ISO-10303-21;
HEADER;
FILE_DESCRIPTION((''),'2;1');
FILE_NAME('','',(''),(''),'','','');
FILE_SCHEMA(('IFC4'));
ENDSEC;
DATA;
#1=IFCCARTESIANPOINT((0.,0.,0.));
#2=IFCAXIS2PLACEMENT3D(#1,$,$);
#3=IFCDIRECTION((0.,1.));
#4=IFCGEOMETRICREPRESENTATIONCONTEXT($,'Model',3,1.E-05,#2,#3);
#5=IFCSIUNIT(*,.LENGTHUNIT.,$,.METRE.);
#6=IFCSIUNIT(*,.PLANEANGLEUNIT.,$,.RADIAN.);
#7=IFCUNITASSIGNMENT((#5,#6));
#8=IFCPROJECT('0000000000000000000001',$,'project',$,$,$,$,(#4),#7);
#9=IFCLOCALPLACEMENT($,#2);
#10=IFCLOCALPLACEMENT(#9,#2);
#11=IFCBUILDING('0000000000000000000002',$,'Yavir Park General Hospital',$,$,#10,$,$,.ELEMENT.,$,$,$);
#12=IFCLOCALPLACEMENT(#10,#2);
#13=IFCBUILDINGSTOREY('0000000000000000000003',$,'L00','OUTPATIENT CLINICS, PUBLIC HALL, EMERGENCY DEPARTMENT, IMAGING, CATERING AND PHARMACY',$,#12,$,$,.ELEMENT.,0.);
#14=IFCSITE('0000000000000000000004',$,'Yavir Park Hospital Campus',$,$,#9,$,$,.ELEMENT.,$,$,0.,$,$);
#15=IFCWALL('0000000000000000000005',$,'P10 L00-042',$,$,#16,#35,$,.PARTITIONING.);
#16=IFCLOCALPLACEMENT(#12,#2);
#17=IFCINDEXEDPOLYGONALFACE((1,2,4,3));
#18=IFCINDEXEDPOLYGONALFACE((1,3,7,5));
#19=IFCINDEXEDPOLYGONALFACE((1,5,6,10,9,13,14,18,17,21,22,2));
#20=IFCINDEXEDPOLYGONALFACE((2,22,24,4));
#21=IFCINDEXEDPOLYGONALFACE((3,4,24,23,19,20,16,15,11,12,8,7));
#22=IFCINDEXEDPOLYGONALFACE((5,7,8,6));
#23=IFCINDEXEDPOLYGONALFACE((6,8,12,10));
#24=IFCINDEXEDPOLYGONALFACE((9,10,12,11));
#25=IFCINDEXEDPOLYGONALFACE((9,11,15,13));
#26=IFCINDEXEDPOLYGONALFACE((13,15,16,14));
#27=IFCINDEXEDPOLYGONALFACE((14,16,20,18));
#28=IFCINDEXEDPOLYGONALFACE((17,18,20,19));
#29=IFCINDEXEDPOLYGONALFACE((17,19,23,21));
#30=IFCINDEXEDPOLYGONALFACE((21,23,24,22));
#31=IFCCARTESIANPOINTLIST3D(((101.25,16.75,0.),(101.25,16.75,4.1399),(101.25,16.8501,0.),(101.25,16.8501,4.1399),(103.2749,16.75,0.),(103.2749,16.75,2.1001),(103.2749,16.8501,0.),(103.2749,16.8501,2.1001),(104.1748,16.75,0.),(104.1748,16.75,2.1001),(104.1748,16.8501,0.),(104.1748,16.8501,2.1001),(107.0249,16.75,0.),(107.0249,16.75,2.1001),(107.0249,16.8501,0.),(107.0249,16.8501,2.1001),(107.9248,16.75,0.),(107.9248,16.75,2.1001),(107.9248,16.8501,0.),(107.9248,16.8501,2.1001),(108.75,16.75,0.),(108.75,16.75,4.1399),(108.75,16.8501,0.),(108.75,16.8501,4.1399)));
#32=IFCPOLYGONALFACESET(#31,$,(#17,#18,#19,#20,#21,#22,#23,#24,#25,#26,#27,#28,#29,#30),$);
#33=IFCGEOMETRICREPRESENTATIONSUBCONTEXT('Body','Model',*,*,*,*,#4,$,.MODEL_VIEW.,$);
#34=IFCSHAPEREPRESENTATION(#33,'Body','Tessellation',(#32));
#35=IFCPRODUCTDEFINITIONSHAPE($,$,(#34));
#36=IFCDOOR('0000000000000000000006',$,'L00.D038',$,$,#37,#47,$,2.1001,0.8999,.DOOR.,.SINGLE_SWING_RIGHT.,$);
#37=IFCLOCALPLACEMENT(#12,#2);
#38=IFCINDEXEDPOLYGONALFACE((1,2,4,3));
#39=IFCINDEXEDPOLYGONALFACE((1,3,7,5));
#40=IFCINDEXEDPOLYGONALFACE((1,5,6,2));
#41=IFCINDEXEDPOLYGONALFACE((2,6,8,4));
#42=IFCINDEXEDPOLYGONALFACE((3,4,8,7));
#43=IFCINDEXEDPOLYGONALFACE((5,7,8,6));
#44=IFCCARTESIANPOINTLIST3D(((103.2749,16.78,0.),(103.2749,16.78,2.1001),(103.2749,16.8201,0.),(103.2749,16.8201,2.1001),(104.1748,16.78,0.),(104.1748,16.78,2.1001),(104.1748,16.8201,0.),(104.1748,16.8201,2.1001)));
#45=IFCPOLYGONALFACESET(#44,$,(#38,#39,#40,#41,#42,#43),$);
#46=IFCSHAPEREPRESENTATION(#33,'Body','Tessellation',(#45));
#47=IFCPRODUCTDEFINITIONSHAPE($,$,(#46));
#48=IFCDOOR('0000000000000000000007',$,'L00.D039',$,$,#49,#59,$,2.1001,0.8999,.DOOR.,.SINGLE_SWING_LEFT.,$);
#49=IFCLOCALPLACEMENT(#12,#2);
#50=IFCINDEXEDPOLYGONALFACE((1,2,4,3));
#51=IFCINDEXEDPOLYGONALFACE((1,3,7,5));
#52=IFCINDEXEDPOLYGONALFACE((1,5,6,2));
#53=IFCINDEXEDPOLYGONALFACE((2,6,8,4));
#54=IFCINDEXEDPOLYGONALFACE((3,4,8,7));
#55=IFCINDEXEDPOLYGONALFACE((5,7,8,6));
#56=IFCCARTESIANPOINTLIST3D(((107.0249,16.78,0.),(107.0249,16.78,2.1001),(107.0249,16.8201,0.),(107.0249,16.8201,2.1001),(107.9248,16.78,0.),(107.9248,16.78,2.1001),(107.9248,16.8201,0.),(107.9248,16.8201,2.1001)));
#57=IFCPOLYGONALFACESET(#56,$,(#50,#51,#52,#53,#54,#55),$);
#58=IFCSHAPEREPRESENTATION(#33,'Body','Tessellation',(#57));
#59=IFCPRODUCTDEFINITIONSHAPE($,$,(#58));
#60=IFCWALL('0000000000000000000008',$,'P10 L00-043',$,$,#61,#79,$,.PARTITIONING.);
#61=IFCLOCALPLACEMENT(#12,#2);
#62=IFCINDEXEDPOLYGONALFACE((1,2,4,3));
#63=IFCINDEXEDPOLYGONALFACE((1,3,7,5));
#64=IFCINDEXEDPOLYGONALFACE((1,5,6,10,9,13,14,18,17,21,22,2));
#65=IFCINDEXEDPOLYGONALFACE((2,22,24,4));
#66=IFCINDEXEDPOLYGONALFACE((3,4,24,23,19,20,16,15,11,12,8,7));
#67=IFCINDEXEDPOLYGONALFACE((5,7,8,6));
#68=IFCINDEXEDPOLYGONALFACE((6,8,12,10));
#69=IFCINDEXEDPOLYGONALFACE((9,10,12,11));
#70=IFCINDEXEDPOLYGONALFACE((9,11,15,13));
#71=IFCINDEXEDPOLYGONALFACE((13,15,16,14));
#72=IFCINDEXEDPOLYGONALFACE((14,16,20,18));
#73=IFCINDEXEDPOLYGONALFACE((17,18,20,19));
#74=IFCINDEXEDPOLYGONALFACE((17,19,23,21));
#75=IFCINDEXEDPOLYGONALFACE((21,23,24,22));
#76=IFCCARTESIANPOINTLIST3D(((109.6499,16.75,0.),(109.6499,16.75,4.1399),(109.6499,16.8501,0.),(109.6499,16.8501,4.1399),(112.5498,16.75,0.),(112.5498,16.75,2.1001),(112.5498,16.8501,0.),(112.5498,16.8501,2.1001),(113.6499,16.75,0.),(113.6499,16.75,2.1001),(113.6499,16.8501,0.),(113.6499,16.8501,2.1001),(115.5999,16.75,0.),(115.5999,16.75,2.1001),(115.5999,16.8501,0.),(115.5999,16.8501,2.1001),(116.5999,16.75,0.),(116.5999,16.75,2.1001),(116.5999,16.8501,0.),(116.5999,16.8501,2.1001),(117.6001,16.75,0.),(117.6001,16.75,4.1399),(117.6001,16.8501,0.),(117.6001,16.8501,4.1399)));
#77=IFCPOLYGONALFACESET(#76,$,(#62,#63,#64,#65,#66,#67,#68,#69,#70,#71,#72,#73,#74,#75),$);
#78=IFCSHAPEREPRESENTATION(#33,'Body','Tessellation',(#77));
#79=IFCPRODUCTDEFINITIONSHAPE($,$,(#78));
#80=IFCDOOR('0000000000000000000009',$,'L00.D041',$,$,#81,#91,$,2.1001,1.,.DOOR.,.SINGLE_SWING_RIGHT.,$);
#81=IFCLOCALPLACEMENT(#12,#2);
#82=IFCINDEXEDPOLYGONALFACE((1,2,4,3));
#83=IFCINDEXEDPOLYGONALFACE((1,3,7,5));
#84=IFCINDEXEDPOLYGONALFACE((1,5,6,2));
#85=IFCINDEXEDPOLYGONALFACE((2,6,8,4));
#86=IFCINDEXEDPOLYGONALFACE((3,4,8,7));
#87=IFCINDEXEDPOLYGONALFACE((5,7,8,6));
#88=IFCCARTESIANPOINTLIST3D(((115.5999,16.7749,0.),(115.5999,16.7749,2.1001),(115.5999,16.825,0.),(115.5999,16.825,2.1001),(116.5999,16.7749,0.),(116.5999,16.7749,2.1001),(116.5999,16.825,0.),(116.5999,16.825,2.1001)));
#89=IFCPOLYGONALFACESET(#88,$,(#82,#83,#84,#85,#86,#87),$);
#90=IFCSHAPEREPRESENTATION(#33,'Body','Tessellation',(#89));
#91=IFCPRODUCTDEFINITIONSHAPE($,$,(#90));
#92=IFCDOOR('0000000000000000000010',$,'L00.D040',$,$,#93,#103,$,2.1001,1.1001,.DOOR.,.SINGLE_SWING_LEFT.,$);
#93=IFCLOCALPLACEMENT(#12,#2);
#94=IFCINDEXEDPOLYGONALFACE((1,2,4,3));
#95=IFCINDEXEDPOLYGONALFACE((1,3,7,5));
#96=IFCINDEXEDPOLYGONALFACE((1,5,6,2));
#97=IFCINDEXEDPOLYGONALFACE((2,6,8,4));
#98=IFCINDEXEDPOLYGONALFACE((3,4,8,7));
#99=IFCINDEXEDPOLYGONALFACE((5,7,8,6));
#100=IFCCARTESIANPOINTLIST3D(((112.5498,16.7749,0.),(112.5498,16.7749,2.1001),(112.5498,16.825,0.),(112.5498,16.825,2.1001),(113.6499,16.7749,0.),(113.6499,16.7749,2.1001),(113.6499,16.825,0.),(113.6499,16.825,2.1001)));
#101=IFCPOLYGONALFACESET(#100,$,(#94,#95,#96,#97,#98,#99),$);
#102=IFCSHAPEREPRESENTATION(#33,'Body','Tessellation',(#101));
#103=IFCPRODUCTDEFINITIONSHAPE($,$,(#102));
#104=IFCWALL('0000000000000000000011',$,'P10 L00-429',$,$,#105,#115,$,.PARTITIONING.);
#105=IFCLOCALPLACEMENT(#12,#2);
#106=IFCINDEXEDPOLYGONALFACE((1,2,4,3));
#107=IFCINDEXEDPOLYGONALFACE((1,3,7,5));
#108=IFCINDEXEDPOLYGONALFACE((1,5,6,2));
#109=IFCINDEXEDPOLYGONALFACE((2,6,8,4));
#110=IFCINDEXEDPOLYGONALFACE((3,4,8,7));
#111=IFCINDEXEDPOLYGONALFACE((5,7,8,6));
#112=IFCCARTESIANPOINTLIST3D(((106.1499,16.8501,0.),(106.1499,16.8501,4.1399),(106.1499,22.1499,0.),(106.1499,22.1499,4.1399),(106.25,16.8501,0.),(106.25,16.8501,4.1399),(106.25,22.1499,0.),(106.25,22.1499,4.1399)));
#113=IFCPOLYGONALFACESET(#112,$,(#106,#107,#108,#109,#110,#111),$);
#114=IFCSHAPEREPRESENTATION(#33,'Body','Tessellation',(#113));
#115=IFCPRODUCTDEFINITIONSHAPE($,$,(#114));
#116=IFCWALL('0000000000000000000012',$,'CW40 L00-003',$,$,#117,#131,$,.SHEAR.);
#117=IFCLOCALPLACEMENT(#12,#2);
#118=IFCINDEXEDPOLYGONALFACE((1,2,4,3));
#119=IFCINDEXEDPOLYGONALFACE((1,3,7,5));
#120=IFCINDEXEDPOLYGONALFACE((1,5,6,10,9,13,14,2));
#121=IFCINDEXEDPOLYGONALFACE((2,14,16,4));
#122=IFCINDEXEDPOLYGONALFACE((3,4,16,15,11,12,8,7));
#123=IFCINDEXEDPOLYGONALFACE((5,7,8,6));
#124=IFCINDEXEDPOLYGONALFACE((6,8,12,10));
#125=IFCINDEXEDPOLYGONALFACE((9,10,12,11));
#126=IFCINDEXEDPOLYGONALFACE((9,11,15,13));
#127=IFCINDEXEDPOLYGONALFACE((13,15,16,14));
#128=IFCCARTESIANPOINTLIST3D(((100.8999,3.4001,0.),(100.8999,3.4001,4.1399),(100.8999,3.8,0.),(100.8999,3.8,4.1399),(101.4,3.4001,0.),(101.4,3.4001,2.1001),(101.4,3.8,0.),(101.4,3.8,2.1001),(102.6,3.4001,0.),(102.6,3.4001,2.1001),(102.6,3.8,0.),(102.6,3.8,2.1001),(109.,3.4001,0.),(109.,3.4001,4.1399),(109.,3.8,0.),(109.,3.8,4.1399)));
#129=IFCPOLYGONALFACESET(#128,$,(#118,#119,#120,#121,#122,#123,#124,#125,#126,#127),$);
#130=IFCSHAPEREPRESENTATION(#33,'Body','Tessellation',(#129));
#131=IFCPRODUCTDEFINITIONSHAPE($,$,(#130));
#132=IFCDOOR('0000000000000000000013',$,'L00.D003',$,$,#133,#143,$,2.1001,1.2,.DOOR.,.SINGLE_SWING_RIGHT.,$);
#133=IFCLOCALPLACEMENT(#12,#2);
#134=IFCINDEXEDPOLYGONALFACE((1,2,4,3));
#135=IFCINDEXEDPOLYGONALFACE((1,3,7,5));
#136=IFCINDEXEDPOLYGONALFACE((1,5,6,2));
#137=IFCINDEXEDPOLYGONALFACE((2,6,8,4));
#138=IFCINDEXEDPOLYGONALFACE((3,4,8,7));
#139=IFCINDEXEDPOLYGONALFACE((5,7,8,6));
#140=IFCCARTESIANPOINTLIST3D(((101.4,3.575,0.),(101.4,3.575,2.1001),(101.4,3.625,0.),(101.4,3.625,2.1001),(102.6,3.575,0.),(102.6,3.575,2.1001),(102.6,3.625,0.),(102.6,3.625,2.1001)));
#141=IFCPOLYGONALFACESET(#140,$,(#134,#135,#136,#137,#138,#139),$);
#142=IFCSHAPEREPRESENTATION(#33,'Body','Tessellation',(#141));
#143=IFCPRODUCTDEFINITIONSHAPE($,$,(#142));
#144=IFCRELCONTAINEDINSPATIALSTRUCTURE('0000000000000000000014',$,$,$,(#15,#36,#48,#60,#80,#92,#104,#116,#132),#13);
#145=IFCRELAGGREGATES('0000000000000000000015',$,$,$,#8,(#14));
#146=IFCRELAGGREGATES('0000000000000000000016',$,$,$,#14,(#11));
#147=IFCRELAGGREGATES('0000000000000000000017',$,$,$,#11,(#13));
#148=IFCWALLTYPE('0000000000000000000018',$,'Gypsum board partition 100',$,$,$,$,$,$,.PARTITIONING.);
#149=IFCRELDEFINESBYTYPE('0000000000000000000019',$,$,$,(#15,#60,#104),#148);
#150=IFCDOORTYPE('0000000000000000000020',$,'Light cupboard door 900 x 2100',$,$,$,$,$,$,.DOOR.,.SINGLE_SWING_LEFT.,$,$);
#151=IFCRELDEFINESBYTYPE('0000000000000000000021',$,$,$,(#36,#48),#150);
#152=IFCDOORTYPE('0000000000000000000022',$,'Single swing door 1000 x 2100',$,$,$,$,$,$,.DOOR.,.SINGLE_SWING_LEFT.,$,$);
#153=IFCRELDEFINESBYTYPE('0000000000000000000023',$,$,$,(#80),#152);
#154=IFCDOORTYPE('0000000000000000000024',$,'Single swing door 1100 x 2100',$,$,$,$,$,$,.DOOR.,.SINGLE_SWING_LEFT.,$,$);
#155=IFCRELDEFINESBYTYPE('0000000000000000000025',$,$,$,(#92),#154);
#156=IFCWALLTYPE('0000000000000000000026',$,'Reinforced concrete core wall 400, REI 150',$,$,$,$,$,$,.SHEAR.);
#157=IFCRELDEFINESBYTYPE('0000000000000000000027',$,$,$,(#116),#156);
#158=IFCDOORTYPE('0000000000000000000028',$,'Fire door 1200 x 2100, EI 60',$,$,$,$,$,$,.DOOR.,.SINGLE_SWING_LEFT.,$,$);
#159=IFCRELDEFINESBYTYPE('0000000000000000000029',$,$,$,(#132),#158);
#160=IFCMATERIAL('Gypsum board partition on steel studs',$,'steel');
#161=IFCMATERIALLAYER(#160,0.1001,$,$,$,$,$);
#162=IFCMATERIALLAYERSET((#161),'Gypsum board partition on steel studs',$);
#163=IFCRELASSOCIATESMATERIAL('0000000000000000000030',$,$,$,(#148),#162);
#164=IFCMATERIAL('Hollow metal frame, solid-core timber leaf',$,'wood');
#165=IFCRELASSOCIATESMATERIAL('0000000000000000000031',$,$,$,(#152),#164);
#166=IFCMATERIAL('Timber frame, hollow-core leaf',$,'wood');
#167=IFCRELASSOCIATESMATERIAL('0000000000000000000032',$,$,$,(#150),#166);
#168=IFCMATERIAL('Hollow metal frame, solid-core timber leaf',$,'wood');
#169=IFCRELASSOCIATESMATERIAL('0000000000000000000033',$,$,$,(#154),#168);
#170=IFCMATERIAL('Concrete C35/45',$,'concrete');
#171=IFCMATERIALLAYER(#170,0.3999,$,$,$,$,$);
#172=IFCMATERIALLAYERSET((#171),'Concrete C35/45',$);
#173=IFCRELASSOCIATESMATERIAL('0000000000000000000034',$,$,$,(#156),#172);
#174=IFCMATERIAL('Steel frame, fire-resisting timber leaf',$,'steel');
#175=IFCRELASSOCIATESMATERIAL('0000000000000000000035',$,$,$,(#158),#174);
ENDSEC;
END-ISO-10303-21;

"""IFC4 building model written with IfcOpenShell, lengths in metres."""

from ifc_helpers import new_model, si_unit, direction, frame, frame_2d, origin, place, context, subcontext, project, spatial, rectangle, extrude, material, layer, layer_set, type_object, element, fill, save


model = new_model("IFC4")

# Units and contexts
model_context = context("Model", 3, precision=1e-05, world=origin(), true_north=direction((0.0, 1.0)))
body_context = subcontext(model_context, "Body", "Model", "MODEL_VIEW")
ifc_project = project(units=[si_unit("LENGTHUNIT", "METRE"), si_unit("PLANEANGLEUNIT", "RADIAN")], contexts=[model_context])

# Site, building, storey
site_placement = place(None, origin())
site = spatial("IfcSite", under=ifc_project, at=site_placement, Name="Yavir Park Hospital Campus", CompositionType="ELEMENT", RefElevation=0.0)
building_placement = place(site_placement, origin())
building = spatial("IfcBuilding", under=site, at=building_placement, Name="Yavir Park General Hospital", CompositionType="ELEMENT")
storey_placement = place(building_placement, origin())
storey = spatial("IfcBuildingStorey", under=building, at=storey_placement, Name="L00", Description="OUTPATIENT CLINICS, PUBLIC HALL, EMERGENCY DEPARTMENT, IMAGING, CATERING AND PHARMACY", CompositionType="ELEMENT", Elevation=0.0)

# Shared definitions
ifc_material_1 = material(Name="Gypsum board partition on steel studs", Category="steel")
ifc_layer_1 = layer(ifc_material_1, 0.1001)
ifc_layer_set_1 = layer_set([ifc_layer_1], Name="Gypsum board partition on steel studs")
wall_type_1 = type_object("IfcWallType", Name="Gypsum board partition 100", PredefinedType="PARTITIONING", material=ifc_layer_set_1)
ifc_material_2 = material(Name="Hollow metal frame, solid-core timber leaf", Category="wood")
door_type_1 = type_object("IfcDoorType", Name="Single swing door 1000 x 2100", OperationType="SINGLE_SWING_LEFT", PredefinedType="DOOR", material=ifc_material_2)

# Walls, openings, doors
wall_1_placement = place(storey_placement, frame((101.25, 16.8, 0.0), z_axis=(0.0, 0.0, 1.0), x_axis=(1.0, 0.0, 0.0)))
wall_1 = element("IfcWall", 1, at=wall_1_placement, inside=storey, type_object=wall_type_1, Name="P10 L00-042", PredefinedType="PARTITIONING", context=body_context, shape_type="SweptSolid", body=[
    extrude(rectangle(XDim=7.5, YDim=0.1001, at=frame_2d((3.75, 0.0))), origin(), (0.0, 0.0, 1.0), 4.1399),
])
opening_1_placement = place(wall_1_placement, frame((2.0249, 0.0, 0.0)))
opening_1 = element("IfcOpeningElement", 2, at=opening_1_placement, cuts=wall_1, PredefinedType="OPENING", context=body_context, shape_type="SweptSolid", body=[
    extrude(rectangle(XDim=0.8999, YDim=2.1001, at=frame_2d((0.45, 1.05))), frame((0.0, 0.0601, 0.0), z_axis=(0.0, -1.0, 0.0), x_axis=(1.0, 0.0, 0.0)), (0.0, 0.0, 1.0), 0.1201),
])
opening_2_placement = place(wall_1_placement, frame((5.7749, 0.0, 0.0)))
opening_2 = element("IfcOpeningElement", 3, at=opening_2_placement, cuts=wall_1, PredefinedType="OPENING", context=body_context, shape_type="SweptSolid", body=[
    extrude(rectangle(XDim=0.8999, YDim=2.1001, at=frame_2d((0.45, 1.05))), frame((0.0, 0.0601, 0.0), z_axis=(0.0, -1.0, 0.0), x_axis=(1.0, 0.0, 0.0)), (0.0, 0.0, 1.0), 0.1201),
])
ifc_material_3 = material(Name="Timber frame, hollow-core leaf", Category="wood")
door_type_2 = type_object("IfcDoorType", Name="Light cupboard door 900 x 2100", OperationType="SINGLE_SWING_LEFT", PredefinedType="DOOR", material=ifc_material_3)
door_1_placement = place(opening_1_placement, origin())
door_1 = element("IfcDoor", 4, at=door_1_placement, inside=storey, type_object=door_type_2, Name="L00.D038", OperationType="SINGLE_SWING_RIGHT", OverallHeight=2.1001, OverallWidth=0.8999, PredefinedType="DOOR", context=body_context, shape_type="SweptSolid", body=[
    extrude(rectangle(XDim=0.8999, YDim=2.1001, at=frame_2d((0.45, 1.05))), frame((0.0, 0.02, 0.0), z_axis=(0.0, -1.0, 0.0), x_axis=(1.0, 0.0, 0.0)), (0.0, 0.0, 1.0), 0.04),
])
fill(opening_1, door_1)
door_2_placement = place(opening_2_placement, origin())
door_2 = element("IfcDoor", 5, at=door_2_placement, inside=storey, type_object=door_type_2, Name="L00.D039", OperationType="SINGLE_SWING_LEFT", OverallHeight=2.1001, OverallWidth=0.8999, PredefinedType="DOOR", context=body_context, shape_type="SweptSolid", body=[
    extrude(rectangle(XDim=0.8999, YDim=2.1001, at=frame_2d((0.45, 1.05))), frame((0.0, 0.02, 0.0), z_axis=(0.0, -1.0, 0.0), x_axis=(1.0, 0.0, 0.0)), (0.0, 0.0, 1.0), 0.04),
])
fill(opening_2, door_2)
wall_2_placement = place(storey_placement, frame((109.6499, 16.8, 0.0), z_axis=(0.0, 0.0, 1.0), x_axis=(1.0, 0.0, 0.0)))
wall_2 = element("IfcWall", 6, at=wall_2_placement, inside=storey, type_object=wall_type_1, Name="P10 L00-043", PredefinedType="PARTITIONING", context=body_context, shape_type="SweptSolid", body=[
    extrude(rectangle(XDim=7.9502, YDim=0.1001, at=frame_2d((3.9751, 0.0))), origin(), (0.0, 0.0, 1.0), 4.1399),
])
opening_3_placement = place(wall_2_placement, frame((2.8999, 0.0, 0.0)))
opening_3 = element("IfcOpeningElement", 7, at=opening_3_placement, cuts=wall_2, PredefinedType="OPENING", context=body_context, shape_type="SweptSolid", body=[
    extrude(rectangle(XDim=1.1001, YDim=2.1001, at=frame_2d((0.55, 1.05))), frame((0.0, 0.0601, 0.0), z_axis=(0.0, -1.0, 0.0), x_axis=(1.0, 0.0, 0.0)), (0.0, 0.0, 1.0), 0.1201),
])
opening_4_placement = place(wall_2_placement, frame((5.95, 0.0, 0.0)))
opening_4 = element("IfcOpeningElement", 8, at=opening_4_placement, cuts=wall_2, PredefinedType="OPENING", context=body_context, shape_type="SweptSolid", body=[
    extrude(rectangle(XDim=1.0, YDim=2.1001, at=frame_2d((0.5, 1.05))), frame((0.0, 0.0601, 0.0), z_axis=(0.0, -1.0, 0.0), x_axis=(1.0, 0.0, 0.0)), (0.0, 0.0, 1.0), 0.1201),
])
door_3_placement = place(opening_4_placement, origin())
door_3 = element("IfcDoor", 9, at=door_3_placement, inside=storey, type_object=door_type_1, Name="L00.D041", OperationType="SINGLE_SWING_RIGHT", OverallHeight=2.1001, OverallWidth=1.0, PredefinedType="DOOR", context=body_context, shape_type="SweptSolid", body=[
    extrude(rectangle(XDim=1.0, YDim=2.1001, at=frame_2d((0.5, 1.05))), frame((0.0, 0.0249, 0.0), z_axis=(0.0, -1.0, 0.0), x_axis=(1.0, 0.0, 0.0)), (0.0, 0.0, 1.0), 0.05),
])
fill(opening_4, door_3)
ifc_material_4 = material(Name="Hollow metal frame, solid-core timber leaf", Category="wood")
door_type_3 = type_object("IfcDoorType", Name="Single swing door 1100 x 2100", OperationType="SINGLE_SWING_LEFT", PredefinedType="DOOR", material=ifc_material_4)
door_4_placement = place(opening_3_placement, origin())
door_4 = element("IfcDoor", 10, at=door_4_placement, inside=storey, type_object=door_type_3, Name="L00.D040", OperationType="SINGLE_SWING_LEFT", OverallHeight=2.1001, OverallWidth=1.1001, PredefinedType="DOOR", context=body_context, shape_type="SweptSolid", body=[
    extrude(rectangle(XDim=1.1001, YDim=2.1001, at=frame_2d((0.55, 1.05))), frame((0.0, 0.0249, 0.0), z_axis=(0.0, -1.0, 0.0), x_axis=(1.0, 0.0, 0.0)), (0.0, 0.0, 1.0), 0.05),
])
fill(opening_3, door_4)

# Wall
wall_3_placement = place(storey_placement, frame((106.2, 16.8501, 0.0), z_axis=(0.0, 0.0, 1.0), x_axis=(0.0, 1.0, 0.0)))
element("IfcWall", 11, at=wall_3_placement, inside=storey, type_object=wall_type_1, Name="P10 L00-429", PredefinedType="PARTITIONING", context=body_context, shape_type="SweptSolid", body=[
    extrude(rectangle(XDim=5.2998, YDim=0.1001, at=frame_2d((2.6499, 0.0))), origin(), (0.0, 0.0, 1.0), 4.1399),
])

# Wall, opening, door
ifc_material_5 = material(Name="Concrete C35/45", Category="concrete")
ifc_layer_2 = layer(ifc_material_5, 0.3999)
ifc_layer_set_2 = layer_set([ifc_layer_2], Name="Concrete C35/45")
wall_type_2 = type_object("IfcWallType", Name="Reinforced concrete core wall 400, REI 150", PredefinedType="SHEAR", material=ifc_layer_set_2)
wall_4_placement = place(storey_placement, frame((100.8999, 3.6001, 0.0), z_axis=(0.0, 0.0, 1.0), x_axis=(1.0, 0.0, 0.0)))
wall_4 = element("IfcWall", 12, at=wall_4_placement, inside=storey, type_object=wall_type_2, Name="CW40 L00-003", PredefinedType="SHEAR", context=body_context, shape_type="SweptSolid", body=[
    extrude(rectangle(XDim=8.1001, YDim=0.3999, at=frame_2d((4.05, 0.0))), origin(), (0.0, 0.0, 1.0), 4.1399),
])
opening_5_placement = place(wall_4_placement, frame((0.5, 0.0, 0.0)))
opening_5 = element("IfcOpeningElement", 13, at=opening_5_placement, cuts=wall_4, PredefinedType="OPENING", context=body_context, shape_type="SweptSolid", body=[
    extrude(rectangle(XDim=1.2, YDim=2.1001, at=frame_2d((0.6001, 1.05))), frame((0.0, 0.21, 0.0), z_axis=(0.0, -1.0, 0.0), x_axis=(1.0, 0.0, 0.0)), (0.0, 0.0, 1.0), 0.4199),
])
ifc_material_6 = material(Name="Steel frame, fire-resisting timber leaf", Category="steel")
door_type_4 = type_object("IfcDoorType", Name="Fire door 1200 x 2100, EI 60", OperationType="SINGLE_SWING_LEFT", PredefinedType="DOOR", material=ifc_material_6)
door_5_placement = place(opening_5_placement, origin())
door_5 = element("IfcDoor", 14, at=door_5_placement, inside=storey, type_object=door_type_4, Name="L00.D003", OperationType="SINGLE_SWING_RIGHT", OverallHeight=2.1001, OverallWidth=1.2, PredefinedType="DOOR", context=body_context, shape_type="SweptSolid", body=[
    extrude(rectangle(XDim=1.2, YDim=2.1001, at=frame_2d((0.6001, 1.05))), frame((0.0, 0.0249, 0.0), z_axis=(0.0, -1.0, 0.0), x_axis=(1.0, 0.0, 0.0)), (0.0, 0.0, 1.0), 0.05),
])
fill(opening_5, door_5)

save(model, "model.ifc")
